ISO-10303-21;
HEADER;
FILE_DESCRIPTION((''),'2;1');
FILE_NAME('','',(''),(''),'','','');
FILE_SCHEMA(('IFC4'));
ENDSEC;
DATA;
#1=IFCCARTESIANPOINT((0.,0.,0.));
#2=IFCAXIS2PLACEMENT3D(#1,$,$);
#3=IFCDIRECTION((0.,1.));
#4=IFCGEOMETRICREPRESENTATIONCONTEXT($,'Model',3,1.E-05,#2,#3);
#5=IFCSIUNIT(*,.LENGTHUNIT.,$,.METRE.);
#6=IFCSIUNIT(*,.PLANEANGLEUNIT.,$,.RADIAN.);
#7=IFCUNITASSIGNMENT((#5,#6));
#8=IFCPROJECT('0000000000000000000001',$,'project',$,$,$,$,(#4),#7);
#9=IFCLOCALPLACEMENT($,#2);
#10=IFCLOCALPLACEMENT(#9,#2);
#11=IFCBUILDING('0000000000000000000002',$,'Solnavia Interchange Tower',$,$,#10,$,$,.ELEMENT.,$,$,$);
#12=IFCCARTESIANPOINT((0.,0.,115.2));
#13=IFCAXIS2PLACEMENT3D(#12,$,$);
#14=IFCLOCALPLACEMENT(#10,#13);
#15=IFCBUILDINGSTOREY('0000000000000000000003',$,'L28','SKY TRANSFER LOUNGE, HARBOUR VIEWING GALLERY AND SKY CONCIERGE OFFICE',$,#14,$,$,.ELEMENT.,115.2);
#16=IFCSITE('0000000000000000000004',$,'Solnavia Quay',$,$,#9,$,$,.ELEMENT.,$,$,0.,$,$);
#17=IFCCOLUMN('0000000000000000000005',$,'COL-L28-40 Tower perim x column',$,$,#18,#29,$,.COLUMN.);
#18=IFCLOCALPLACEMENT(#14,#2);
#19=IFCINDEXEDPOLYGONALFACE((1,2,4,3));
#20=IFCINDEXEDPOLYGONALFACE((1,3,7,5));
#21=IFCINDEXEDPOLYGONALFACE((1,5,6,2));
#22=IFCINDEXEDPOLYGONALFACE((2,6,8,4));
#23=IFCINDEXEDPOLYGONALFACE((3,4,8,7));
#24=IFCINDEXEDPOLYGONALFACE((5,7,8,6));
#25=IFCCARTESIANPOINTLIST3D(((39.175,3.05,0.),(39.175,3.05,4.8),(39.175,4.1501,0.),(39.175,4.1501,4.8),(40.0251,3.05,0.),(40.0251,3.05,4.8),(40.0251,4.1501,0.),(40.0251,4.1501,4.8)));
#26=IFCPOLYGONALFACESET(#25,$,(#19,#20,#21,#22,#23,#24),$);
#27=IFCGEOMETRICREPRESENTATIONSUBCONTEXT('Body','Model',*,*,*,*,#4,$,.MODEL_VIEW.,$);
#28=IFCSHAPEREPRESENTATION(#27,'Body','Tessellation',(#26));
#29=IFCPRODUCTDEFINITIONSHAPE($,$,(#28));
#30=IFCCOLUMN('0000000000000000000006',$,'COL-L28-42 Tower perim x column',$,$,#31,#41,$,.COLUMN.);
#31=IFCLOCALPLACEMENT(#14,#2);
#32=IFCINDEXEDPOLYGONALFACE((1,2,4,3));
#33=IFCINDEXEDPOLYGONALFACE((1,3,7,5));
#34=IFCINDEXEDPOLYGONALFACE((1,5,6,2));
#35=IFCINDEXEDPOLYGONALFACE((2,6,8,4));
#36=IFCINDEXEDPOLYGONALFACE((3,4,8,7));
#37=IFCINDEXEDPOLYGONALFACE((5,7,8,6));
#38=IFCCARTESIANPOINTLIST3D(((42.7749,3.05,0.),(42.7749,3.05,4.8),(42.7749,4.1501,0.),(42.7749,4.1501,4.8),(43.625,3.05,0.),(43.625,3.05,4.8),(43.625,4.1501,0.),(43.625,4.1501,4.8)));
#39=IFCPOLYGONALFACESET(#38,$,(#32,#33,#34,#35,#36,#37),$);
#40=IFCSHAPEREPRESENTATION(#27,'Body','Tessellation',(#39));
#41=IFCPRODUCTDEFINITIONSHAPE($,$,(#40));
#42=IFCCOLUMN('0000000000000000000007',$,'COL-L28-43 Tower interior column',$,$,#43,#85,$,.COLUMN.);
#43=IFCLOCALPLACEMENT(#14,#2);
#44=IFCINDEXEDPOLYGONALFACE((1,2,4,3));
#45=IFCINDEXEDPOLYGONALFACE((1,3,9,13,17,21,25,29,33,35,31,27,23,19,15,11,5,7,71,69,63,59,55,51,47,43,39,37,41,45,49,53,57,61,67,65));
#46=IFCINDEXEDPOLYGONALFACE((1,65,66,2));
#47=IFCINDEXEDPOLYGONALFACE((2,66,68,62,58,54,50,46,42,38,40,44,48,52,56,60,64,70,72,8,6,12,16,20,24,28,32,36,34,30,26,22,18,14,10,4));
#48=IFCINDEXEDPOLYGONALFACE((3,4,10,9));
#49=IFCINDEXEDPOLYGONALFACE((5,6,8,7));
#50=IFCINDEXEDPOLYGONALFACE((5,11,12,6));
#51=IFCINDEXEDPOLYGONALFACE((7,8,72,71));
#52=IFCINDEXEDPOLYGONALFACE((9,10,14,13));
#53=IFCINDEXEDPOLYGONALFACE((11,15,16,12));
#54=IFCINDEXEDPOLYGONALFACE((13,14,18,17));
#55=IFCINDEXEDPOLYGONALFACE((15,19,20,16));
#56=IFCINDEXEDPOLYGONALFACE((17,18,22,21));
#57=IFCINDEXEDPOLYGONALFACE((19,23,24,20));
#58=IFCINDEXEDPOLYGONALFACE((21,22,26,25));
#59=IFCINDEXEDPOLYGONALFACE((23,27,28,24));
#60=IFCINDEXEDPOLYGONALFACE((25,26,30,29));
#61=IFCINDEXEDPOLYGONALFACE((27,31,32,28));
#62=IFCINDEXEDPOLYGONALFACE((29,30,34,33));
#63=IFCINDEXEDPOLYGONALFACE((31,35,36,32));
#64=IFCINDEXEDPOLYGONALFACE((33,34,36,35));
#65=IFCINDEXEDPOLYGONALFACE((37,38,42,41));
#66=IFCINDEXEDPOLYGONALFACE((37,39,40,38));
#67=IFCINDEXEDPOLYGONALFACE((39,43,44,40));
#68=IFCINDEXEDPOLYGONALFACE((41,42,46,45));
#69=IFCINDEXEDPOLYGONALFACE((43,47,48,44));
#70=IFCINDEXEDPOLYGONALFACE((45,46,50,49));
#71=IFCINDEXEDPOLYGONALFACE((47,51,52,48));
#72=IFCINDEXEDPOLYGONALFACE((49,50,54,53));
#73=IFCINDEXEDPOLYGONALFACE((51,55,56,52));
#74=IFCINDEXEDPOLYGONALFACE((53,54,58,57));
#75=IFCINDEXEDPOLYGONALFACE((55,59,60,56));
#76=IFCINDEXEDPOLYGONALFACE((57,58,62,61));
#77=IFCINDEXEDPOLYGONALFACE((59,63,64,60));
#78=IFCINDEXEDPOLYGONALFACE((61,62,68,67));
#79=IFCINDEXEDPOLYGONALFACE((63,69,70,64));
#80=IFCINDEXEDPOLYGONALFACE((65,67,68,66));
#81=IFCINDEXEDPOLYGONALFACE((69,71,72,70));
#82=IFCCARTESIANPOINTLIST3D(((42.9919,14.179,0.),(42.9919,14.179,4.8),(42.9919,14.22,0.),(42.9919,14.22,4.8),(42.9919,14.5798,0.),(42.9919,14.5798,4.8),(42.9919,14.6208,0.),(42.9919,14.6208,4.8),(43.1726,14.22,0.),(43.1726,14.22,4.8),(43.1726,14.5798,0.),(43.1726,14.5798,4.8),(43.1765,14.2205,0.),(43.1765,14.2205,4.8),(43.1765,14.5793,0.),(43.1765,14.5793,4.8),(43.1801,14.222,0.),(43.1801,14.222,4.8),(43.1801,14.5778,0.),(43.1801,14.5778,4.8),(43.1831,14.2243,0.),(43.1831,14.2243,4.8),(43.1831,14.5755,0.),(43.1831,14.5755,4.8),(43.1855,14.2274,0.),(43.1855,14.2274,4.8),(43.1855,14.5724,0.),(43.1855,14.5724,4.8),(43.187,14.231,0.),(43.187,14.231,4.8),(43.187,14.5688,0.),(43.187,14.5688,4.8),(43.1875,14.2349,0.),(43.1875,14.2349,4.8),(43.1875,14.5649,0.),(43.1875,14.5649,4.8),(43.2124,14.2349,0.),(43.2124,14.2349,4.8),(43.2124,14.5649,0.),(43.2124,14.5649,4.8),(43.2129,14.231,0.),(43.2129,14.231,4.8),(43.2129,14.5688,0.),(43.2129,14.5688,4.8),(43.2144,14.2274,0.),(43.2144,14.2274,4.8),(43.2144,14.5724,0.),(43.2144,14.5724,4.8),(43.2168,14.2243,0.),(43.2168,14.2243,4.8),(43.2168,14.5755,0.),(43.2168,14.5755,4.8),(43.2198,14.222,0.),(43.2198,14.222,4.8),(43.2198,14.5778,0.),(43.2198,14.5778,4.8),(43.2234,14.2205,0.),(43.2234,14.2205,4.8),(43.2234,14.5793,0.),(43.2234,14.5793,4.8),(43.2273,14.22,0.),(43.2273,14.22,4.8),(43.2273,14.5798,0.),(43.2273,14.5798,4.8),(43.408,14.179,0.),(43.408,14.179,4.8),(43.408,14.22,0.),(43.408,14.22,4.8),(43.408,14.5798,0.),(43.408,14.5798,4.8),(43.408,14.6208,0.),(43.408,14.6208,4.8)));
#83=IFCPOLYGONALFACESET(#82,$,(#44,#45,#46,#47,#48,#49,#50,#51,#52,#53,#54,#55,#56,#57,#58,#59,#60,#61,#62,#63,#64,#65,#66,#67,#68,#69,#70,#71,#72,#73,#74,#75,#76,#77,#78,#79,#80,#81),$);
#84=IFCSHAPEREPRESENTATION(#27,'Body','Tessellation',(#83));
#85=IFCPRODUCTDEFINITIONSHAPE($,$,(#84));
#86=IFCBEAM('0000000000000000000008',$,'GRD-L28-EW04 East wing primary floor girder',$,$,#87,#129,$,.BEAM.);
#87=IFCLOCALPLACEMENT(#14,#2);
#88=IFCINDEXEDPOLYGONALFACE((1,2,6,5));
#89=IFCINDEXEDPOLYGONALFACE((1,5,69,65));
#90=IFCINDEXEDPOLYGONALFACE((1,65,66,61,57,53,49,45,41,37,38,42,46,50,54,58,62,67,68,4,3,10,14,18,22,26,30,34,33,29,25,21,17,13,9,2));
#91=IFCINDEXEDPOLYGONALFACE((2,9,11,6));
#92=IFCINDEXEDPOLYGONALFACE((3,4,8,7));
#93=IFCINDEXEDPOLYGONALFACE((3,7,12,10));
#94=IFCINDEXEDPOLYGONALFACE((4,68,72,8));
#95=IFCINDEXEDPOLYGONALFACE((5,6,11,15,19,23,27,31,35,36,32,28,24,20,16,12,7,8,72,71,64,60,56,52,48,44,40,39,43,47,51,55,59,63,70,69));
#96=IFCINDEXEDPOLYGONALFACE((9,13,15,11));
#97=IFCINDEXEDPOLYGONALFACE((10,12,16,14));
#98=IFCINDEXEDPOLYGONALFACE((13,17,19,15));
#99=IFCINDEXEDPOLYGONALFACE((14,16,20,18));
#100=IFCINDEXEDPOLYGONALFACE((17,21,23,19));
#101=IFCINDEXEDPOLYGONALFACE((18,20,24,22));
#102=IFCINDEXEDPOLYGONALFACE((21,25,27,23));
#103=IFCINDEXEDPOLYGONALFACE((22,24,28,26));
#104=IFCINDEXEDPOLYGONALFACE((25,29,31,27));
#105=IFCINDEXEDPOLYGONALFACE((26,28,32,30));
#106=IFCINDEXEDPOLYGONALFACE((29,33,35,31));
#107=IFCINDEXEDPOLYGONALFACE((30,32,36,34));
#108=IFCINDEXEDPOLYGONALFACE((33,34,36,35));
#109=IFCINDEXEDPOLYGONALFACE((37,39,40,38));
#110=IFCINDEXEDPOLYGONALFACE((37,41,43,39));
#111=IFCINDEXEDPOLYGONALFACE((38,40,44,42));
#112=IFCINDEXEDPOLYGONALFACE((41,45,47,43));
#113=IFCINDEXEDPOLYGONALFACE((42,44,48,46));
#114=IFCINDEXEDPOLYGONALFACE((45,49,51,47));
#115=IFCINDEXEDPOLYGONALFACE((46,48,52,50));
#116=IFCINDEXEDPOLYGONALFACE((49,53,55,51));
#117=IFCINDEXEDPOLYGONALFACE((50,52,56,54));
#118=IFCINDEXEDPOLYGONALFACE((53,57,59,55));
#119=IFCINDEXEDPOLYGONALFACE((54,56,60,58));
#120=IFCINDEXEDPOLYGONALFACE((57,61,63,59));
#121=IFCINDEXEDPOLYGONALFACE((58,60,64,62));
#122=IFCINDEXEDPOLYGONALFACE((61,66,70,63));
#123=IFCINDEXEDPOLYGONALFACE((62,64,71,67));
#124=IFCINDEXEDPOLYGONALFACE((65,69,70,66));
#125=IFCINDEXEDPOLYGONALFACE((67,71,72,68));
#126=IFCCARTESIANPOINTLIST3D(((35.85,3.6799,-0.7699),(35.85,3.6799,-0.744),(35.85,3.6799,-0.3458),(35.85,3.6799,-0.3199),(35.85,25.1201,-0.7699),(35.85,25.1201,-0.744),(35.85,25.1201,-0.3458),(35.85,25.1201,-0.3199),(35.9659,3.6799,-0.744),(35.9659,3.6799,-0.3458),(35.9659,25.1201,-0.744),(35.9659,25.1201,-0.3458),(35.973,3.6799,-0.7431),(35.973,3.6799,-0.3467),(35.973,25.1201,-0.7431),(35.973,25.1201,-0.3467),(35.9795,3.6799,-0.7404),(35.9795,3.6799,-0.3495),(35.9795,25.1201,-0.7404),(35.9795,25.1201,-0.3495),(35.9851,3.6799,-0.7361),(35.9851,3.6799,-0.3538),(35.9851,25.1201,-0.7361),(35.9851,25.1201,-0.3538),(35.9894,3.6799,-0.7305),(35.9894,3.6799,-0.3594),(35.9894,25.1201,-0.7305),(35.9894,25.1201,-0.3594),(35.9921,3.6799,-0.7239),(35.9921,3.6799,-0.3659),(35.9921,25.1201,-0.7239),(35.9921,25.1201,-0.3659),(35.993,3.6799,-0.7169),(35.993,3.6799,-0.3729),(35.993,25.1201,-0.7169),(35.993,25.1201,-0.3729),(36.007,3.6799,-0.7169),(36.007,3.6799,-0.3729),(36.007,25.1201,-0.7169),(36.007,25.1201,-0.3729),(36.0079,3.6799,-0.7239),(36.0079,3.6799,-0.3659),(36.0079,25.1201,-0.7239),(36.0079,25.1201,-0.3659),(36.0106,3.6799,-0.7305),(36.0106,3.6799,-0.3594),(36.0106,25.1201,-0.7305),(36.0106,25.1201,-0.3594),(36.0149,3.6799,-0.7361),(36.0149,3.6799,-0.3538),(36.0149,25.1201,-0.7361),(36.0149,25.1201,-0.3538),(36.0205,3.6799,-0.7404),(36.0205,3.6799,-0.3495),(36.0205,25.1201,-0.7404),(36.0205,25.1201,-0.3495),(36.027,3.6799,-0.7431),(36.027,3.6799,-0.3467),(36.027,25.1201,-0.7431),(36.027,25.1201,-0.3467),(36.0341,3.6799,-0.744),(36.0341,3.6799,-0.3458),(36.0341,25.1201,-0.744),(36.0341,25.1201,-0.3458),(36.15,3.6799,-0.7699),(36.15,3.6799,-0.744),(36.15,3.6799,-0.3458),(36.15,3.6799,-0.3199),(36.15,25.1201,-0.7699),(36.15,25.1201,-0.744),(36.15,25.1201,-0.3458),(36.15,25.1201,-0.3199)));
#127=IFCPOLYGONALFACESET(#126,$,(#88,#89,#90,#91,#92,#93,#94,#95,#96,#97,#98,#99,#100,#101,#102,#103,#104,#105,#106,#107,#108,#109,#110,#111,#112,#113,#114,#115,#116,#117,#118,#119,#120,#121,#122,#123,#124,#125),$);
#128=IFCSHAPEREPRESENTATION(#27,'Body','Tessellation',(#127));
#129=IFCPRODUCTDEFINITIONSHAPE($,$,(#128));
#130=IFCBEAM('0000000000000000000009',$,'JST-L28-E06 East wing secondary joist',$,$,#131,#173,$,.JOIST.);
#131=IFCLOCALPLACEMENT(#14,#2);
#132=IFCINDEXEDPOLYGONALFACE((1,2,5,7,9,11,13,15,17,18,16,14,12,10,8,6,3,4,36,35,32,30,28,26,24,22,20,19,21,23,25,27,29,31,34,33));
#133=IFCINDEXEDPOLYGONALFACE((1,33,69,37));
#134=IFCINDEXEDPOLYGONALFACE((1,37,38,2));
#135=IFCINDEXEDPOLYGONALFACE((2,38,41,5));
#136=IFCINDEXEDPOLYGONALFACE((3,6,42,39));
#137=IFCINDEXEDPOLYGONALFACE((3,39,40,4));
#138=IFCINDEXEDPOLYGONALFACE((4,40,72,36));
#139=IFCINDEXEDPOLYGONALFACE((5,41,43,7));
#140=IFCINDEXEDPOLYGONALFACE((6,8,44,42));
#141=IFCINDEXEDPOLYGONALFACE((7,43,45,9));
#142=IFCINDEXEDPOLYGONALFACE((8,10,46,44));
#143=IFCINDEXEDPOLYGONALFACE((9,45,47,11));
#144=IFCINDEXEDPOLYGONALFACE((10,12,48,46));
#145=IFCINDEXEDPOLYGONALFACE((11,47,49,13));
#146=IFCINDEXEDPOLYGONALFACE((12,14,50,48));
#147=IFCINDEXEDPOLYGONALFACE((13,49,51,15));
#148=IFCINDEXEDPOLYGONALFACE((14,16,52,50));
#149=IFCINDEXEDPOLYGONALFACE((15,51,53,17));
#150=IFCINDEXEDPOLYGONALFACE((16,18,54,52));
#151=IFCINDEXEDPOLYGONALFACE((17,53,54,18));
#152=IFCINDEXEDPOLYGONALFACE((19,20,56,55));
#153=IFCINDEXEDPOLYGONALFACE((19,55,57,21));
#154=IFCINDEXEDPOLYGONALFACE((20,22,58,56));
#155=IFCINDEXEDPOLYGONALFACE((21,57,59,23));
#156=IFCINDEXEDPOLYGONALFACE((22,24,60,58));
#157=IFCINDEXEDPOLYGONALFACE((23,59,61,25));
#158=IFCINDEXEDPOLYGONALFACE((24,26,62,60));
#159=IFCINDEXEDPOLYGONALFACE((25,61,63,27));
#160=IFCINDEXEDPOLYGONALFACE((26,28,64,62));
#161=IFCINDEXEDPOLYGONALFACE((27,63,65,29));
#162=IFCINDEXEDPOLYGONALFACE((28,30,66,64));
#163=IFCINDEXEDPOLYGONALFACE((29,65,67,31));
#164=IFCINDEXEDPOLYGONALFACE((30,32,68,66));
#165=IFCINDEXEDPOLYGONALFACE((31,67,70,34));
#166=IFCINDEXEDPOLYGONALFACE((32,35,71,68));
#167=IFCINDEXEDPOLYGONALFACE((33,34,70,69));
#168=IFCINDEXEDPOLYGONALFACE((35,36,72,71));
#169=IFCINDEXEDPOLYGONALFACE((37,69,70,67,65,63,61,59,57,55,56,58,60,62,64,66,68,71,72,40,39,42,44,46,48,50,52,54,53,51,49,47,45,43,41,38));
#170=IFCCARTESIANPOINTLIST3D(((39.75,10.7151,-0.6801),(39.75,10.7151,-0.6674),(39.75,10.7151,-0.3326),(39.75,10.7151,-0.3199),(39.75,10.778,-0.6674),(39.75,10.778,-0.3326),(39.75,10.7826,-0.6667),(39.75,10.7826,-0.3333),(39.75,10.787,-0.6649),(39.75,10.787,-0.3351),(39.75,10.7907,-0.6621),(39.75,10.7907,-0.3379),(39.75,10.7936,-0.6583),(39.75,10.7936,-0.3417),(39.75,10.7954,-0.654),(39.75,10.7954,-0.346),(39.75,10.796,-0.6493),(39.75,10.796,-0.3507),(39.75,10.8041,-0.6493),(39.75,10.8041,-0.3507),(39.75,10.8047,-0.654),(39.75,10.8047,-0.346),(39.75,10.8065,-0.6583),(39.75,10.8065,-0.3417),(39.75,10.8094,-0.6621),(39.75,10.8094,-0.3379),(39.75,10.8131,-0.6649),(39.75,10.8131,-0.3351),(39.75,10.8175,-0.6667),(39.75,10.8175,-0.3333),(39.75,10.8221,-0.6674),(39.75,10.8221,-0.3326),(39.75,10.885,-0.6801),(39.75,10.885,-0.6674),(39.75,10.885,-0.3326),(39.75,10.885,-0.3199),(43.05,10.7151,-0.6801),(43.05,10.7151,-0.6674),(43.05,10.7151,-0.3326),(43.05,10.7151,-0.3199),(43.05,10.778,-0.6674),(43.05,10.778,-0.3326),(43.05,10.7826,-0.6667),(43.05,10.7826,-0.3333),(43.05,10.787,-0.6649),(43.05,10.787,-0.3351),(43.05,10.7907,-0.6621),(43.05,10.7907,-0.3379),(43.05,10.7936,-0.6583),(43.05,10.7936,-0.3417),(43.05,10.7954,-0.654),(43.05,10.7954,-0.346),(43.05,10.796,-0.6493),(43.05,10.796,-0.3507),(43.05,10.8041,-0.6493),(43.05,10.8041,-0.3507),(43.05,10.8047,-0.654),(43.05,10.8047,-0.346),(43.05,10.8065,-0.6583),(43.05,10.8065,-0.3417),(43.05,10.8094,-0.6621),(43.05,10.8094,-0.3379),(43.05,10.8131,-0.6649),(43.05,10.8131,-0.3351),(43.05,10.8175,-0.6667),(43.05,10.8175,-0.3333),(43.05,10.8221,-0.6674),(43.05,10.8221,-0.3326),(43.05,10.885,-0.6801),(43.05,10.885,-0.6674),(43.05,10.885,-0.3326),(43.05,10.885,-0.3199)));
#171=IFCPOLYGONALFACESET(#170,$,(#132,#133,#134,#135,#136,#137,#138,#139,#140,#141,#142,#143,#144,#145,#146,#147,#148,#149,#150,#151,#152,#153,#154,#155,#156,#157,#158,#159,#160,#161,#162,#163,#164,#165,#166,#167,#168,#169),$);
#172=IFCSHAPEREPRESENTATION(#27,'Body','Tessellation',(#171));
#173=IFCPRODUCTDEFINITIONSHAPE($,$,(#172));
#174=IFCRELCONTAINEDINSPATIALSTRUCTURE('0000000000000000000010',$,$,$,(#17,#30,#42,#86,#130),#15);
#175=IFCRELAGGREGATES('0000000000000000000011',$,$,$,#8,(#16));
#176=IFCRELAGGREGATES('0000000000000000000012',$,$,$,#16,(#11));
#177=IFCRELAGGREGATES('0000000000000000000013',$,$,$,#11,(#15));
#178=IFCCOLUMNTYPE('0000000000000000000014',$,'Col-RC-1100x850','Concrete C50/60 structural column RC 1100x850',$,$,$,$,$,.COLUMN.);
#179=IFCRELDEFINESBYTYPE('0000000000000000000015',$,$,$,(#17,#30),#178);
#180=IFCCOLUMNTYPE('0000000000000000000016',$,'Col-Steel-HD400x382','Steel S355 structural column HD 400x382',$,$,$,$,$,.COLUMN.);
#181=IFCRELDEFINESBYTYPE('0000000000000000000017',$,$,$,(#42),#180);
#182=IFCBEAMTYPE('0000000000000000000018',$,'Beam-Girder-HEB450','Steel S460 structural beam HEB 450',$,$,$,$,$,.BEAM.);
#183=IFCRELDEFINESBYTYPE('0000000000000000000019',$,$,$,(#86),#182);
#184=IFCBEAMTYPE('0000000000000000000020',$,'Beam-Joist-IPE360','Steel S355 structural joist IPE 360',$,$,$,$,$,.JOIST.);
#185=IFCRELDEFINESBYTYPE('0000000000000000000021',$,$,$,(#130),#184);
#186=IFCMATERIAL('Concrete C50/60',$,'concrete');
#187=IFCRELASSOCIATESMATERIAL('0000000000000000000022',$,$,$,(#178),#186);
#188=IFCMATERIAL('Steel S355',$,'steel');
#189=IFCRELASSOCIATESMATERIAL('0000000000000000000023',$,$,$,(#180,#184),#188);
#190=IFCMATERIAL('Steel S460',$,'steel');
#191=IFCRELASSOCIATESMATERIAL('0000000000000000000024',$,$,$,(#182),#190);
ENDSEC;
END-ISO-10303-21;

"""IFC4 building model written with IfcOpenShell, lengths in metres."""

from ifc_helpers import new_model, si_unit, direction, frame, origin, origin_2d, place, context, subcontext, project, spatial, rectangle, i_section, extrude, material, material_profile, profile_set, type_object, element, save


model = new_model("IFC4")

# Units and contexts
model_context = context("Model", 3, precision=1e-05, world=origin(), true_north=direction((0.0, 1.0)))
body_context = subcontext(model_context, "Body", "Model", "MODEL_VIEW")
ifc_project = project(units=[si_unit("LENGTHUNIT", "METRE"), si_unit("PLANEANGLEUNIT", "RADIAN")], contexts=[model_context])

# Site, building, storey
site_placement = place(None, origin())
site = spatial("IfcSite", under=ifc_project, at=site_placement, Name="Solnavia Quay", CompositionType="ELEMENT", RefElevation=0.0)
building_placement = place(site_placement, origin())
building = spatial("IfcBuilding", under=site, at=building_placement, Name="Solnavia Interchange Tower", CompositionType="ELEMENT")
storey_placement = place(building_placement, frame((0.0, 0.0, 115.2)))
storey = spatial("IfcBuildingStorey", under=building, at=storey_placement, Name="L28", Description="SKY TRANSFER LOUNGE, HARBOUR VIEWING GALLERY AND SKY CONCIERGE OFFICE", CompositionType="ELEMENT", Elevation=115.2)

# Columns
ifc_material_1 = material(Name="Concrete C50/60", Category="concrete")
ifc_material_profile_1 = material_profile(ifc_material_1, rectangle(XDim=0.8501, YDim=1.1001, at=origin_2d()), Name="RC 1100x850")
ifc_profile_set_1 = profile_set([ifc_material_profile_1], Name="Concrete C50/60")
column_type_1 = type_object("IfcColumnType", Name="Col-RC-1100x850", Description="Concrete C50/60 structural column RC 1100x850", PredefinedType="COLUMN", material=ifc_profile_set_1)
for number, where, z_axis, x_axis, name in (
    (1, (39.6001, 3.6001, 0.0), (0.0, 0.0, 1.0), (1.0, 0.0, 0.0), "COL-L28-40 Tower perim x column"),
    (2, (43.2, 3.6001, 0.0), (0.0, 0.0, 1.0), (1.0, 0.0, 0.0), "COL-L28-42 Tower perim x column"),
):
    element("IfcColumn", number, at=place(storey_placement, frame(where, z_axis=z_axis, x_axis=x_axis)), inside=storey, type_object=column_type_1, Name=name, PredefinedType="COLUMN", context=body_context, shape_type="SweptSolid", body=[
        extrude(rectangle(XDim=0.8501, YDim=1.1001, at=origin_2d()), origin(), (0.0, 0.0, 1.0), 4.8),
    ])
ifc_material_2 = material(Name="Steel S355", Category="steel")
ifc_material_profile_2 = material_profile(ifc_material_2, i_section(OverallWidth=0.416, OverallDepth=0.4419, WebThickness=0.0249, FlangeThickness=0.041, FilletRadius=0.0149, at=origin_2d()), Name="HD 400x382")
ifc_profile_set_2 = profile_set([ifc_material_profile_2], Name="Steel S355")
column_type_2 = type_object("IfcColumnType", Name="Col-Steel-HD400x382", Description="Steel S355 structural column HD 400x382", PredefinedType="COLUMN", material=ifc_profile_set_2)
column_placement = place(storey_placement, frame((43.2, 14.3999, 0.0), z_axis=(0.0, 0.0, 1.0), x_axis=(1.0, 0.0, 0.0)))
element("IfcColumn", 3, at=column_placement, inside=storey, type_object=column_type_2, Name="COL-L28-43 Tower interior column", PredefinedType="COLUMN", context=body_context, shape_type="SweptSolid", body=[
    extrude(i_section(OverallWidth=0.416, OverallDepth=0.4419, WebThickness=0.0249, FlangeThickness=0.041, FilletRadius=0.0149, at=origin_2d()), origin(), (0.0, 0.0, 1.0), 4.8),
])

# Beams
ifc_material_3 = material(Name="Steel S460", Category="steel")
ifc_material_profile_3 = material_profile(ifc_material_3, i_section(OverallWidth=0.3, OverallDepth=0.45, WebThickness=0.0139, FlangeThickness=0.0259, FilletRadius=0.0271, at=origin_2d()), Name="HEB 450")
ifc_profile_set_3 = profile_set([ifc_material_profile_3], Name="Steel S460")
beam_type_1 = type_object("IfcBeamType", Name="Beam-Girder-HEB450", Description="Steel S460 structural beam HEB 450", PredefinedType="BEAM", material=ifc_profile_set_3)
beam_1_placement = place(storey_placement, frame((36.0, 3.6799, -0.5449), z_axis=(0.0, 1.0, 0.0), x_axis=(-1.0, 0.0, 0.0)))
element("IfcBeam", 4, at=beam_1_placement, inside=storey, type_object=beam_type_1, Name="GRD-L28-EW04 East wing primary floor girder", PredefinedType="BEAM", context=body_context, shape_type="SweptSolid", body=[
    extrude(i_section(OverallWidth=0.3, OverallDepth=0.45, WebThickness=0.0139, FlangeThickness=0.0259, FilletRadius=0.0271, at=origin_2d()), origin(), (0.0, 0.0, 1.0), 21.4402),
])
ifc_material_profile_4 = material_profile(ifc_material_2, i_section(OverallWidth=0.1699, OverallDepth=0.3601, WebThickness=0.0081, FlangeThickness=0.0127, FilletRadius=0.0181, at=origin_2d()), Name="IPE 360")
ifc_profile_set_4 = profile_set([ifc_material_profile_4], Name="Steel S355")
beam_type_2 = type_object("IfcBeamType", Name="Beam-Joist-IPE360", Description="Steel S355 structural joist IPE 360", PredefinedType="JOIST", material=ifc_profile_set_4)
for number, where, z_axis, x_axis, name in (
    (5, (39.75, 10.8, -0.5), (1.0, 0.0, 0.0), (0.0, 1.0, 0.0), "JST-L28-E06 East wing secondary joist"),
):
    element("IfcBeam", number, at=place(storey_placement, frame(where, z_axis=z_axis, x_axis=x_axis)), inside=storey, type_object=beam_type_2, Name=name, PredefinedType="JOIST", context=body_context, shape_type="SweptSolid", body=[
        extrude(i_section(OverallWidth=0.1699, OverallDepth=0.3601, WebThickness=0.0081, FlangeThickness=0.0127, FilletRadius=0.0181, at=origin_2d()), origin(), (0.0, 0.0, 1.0), 3.3),
    ])

save(model, "model.ifc")
